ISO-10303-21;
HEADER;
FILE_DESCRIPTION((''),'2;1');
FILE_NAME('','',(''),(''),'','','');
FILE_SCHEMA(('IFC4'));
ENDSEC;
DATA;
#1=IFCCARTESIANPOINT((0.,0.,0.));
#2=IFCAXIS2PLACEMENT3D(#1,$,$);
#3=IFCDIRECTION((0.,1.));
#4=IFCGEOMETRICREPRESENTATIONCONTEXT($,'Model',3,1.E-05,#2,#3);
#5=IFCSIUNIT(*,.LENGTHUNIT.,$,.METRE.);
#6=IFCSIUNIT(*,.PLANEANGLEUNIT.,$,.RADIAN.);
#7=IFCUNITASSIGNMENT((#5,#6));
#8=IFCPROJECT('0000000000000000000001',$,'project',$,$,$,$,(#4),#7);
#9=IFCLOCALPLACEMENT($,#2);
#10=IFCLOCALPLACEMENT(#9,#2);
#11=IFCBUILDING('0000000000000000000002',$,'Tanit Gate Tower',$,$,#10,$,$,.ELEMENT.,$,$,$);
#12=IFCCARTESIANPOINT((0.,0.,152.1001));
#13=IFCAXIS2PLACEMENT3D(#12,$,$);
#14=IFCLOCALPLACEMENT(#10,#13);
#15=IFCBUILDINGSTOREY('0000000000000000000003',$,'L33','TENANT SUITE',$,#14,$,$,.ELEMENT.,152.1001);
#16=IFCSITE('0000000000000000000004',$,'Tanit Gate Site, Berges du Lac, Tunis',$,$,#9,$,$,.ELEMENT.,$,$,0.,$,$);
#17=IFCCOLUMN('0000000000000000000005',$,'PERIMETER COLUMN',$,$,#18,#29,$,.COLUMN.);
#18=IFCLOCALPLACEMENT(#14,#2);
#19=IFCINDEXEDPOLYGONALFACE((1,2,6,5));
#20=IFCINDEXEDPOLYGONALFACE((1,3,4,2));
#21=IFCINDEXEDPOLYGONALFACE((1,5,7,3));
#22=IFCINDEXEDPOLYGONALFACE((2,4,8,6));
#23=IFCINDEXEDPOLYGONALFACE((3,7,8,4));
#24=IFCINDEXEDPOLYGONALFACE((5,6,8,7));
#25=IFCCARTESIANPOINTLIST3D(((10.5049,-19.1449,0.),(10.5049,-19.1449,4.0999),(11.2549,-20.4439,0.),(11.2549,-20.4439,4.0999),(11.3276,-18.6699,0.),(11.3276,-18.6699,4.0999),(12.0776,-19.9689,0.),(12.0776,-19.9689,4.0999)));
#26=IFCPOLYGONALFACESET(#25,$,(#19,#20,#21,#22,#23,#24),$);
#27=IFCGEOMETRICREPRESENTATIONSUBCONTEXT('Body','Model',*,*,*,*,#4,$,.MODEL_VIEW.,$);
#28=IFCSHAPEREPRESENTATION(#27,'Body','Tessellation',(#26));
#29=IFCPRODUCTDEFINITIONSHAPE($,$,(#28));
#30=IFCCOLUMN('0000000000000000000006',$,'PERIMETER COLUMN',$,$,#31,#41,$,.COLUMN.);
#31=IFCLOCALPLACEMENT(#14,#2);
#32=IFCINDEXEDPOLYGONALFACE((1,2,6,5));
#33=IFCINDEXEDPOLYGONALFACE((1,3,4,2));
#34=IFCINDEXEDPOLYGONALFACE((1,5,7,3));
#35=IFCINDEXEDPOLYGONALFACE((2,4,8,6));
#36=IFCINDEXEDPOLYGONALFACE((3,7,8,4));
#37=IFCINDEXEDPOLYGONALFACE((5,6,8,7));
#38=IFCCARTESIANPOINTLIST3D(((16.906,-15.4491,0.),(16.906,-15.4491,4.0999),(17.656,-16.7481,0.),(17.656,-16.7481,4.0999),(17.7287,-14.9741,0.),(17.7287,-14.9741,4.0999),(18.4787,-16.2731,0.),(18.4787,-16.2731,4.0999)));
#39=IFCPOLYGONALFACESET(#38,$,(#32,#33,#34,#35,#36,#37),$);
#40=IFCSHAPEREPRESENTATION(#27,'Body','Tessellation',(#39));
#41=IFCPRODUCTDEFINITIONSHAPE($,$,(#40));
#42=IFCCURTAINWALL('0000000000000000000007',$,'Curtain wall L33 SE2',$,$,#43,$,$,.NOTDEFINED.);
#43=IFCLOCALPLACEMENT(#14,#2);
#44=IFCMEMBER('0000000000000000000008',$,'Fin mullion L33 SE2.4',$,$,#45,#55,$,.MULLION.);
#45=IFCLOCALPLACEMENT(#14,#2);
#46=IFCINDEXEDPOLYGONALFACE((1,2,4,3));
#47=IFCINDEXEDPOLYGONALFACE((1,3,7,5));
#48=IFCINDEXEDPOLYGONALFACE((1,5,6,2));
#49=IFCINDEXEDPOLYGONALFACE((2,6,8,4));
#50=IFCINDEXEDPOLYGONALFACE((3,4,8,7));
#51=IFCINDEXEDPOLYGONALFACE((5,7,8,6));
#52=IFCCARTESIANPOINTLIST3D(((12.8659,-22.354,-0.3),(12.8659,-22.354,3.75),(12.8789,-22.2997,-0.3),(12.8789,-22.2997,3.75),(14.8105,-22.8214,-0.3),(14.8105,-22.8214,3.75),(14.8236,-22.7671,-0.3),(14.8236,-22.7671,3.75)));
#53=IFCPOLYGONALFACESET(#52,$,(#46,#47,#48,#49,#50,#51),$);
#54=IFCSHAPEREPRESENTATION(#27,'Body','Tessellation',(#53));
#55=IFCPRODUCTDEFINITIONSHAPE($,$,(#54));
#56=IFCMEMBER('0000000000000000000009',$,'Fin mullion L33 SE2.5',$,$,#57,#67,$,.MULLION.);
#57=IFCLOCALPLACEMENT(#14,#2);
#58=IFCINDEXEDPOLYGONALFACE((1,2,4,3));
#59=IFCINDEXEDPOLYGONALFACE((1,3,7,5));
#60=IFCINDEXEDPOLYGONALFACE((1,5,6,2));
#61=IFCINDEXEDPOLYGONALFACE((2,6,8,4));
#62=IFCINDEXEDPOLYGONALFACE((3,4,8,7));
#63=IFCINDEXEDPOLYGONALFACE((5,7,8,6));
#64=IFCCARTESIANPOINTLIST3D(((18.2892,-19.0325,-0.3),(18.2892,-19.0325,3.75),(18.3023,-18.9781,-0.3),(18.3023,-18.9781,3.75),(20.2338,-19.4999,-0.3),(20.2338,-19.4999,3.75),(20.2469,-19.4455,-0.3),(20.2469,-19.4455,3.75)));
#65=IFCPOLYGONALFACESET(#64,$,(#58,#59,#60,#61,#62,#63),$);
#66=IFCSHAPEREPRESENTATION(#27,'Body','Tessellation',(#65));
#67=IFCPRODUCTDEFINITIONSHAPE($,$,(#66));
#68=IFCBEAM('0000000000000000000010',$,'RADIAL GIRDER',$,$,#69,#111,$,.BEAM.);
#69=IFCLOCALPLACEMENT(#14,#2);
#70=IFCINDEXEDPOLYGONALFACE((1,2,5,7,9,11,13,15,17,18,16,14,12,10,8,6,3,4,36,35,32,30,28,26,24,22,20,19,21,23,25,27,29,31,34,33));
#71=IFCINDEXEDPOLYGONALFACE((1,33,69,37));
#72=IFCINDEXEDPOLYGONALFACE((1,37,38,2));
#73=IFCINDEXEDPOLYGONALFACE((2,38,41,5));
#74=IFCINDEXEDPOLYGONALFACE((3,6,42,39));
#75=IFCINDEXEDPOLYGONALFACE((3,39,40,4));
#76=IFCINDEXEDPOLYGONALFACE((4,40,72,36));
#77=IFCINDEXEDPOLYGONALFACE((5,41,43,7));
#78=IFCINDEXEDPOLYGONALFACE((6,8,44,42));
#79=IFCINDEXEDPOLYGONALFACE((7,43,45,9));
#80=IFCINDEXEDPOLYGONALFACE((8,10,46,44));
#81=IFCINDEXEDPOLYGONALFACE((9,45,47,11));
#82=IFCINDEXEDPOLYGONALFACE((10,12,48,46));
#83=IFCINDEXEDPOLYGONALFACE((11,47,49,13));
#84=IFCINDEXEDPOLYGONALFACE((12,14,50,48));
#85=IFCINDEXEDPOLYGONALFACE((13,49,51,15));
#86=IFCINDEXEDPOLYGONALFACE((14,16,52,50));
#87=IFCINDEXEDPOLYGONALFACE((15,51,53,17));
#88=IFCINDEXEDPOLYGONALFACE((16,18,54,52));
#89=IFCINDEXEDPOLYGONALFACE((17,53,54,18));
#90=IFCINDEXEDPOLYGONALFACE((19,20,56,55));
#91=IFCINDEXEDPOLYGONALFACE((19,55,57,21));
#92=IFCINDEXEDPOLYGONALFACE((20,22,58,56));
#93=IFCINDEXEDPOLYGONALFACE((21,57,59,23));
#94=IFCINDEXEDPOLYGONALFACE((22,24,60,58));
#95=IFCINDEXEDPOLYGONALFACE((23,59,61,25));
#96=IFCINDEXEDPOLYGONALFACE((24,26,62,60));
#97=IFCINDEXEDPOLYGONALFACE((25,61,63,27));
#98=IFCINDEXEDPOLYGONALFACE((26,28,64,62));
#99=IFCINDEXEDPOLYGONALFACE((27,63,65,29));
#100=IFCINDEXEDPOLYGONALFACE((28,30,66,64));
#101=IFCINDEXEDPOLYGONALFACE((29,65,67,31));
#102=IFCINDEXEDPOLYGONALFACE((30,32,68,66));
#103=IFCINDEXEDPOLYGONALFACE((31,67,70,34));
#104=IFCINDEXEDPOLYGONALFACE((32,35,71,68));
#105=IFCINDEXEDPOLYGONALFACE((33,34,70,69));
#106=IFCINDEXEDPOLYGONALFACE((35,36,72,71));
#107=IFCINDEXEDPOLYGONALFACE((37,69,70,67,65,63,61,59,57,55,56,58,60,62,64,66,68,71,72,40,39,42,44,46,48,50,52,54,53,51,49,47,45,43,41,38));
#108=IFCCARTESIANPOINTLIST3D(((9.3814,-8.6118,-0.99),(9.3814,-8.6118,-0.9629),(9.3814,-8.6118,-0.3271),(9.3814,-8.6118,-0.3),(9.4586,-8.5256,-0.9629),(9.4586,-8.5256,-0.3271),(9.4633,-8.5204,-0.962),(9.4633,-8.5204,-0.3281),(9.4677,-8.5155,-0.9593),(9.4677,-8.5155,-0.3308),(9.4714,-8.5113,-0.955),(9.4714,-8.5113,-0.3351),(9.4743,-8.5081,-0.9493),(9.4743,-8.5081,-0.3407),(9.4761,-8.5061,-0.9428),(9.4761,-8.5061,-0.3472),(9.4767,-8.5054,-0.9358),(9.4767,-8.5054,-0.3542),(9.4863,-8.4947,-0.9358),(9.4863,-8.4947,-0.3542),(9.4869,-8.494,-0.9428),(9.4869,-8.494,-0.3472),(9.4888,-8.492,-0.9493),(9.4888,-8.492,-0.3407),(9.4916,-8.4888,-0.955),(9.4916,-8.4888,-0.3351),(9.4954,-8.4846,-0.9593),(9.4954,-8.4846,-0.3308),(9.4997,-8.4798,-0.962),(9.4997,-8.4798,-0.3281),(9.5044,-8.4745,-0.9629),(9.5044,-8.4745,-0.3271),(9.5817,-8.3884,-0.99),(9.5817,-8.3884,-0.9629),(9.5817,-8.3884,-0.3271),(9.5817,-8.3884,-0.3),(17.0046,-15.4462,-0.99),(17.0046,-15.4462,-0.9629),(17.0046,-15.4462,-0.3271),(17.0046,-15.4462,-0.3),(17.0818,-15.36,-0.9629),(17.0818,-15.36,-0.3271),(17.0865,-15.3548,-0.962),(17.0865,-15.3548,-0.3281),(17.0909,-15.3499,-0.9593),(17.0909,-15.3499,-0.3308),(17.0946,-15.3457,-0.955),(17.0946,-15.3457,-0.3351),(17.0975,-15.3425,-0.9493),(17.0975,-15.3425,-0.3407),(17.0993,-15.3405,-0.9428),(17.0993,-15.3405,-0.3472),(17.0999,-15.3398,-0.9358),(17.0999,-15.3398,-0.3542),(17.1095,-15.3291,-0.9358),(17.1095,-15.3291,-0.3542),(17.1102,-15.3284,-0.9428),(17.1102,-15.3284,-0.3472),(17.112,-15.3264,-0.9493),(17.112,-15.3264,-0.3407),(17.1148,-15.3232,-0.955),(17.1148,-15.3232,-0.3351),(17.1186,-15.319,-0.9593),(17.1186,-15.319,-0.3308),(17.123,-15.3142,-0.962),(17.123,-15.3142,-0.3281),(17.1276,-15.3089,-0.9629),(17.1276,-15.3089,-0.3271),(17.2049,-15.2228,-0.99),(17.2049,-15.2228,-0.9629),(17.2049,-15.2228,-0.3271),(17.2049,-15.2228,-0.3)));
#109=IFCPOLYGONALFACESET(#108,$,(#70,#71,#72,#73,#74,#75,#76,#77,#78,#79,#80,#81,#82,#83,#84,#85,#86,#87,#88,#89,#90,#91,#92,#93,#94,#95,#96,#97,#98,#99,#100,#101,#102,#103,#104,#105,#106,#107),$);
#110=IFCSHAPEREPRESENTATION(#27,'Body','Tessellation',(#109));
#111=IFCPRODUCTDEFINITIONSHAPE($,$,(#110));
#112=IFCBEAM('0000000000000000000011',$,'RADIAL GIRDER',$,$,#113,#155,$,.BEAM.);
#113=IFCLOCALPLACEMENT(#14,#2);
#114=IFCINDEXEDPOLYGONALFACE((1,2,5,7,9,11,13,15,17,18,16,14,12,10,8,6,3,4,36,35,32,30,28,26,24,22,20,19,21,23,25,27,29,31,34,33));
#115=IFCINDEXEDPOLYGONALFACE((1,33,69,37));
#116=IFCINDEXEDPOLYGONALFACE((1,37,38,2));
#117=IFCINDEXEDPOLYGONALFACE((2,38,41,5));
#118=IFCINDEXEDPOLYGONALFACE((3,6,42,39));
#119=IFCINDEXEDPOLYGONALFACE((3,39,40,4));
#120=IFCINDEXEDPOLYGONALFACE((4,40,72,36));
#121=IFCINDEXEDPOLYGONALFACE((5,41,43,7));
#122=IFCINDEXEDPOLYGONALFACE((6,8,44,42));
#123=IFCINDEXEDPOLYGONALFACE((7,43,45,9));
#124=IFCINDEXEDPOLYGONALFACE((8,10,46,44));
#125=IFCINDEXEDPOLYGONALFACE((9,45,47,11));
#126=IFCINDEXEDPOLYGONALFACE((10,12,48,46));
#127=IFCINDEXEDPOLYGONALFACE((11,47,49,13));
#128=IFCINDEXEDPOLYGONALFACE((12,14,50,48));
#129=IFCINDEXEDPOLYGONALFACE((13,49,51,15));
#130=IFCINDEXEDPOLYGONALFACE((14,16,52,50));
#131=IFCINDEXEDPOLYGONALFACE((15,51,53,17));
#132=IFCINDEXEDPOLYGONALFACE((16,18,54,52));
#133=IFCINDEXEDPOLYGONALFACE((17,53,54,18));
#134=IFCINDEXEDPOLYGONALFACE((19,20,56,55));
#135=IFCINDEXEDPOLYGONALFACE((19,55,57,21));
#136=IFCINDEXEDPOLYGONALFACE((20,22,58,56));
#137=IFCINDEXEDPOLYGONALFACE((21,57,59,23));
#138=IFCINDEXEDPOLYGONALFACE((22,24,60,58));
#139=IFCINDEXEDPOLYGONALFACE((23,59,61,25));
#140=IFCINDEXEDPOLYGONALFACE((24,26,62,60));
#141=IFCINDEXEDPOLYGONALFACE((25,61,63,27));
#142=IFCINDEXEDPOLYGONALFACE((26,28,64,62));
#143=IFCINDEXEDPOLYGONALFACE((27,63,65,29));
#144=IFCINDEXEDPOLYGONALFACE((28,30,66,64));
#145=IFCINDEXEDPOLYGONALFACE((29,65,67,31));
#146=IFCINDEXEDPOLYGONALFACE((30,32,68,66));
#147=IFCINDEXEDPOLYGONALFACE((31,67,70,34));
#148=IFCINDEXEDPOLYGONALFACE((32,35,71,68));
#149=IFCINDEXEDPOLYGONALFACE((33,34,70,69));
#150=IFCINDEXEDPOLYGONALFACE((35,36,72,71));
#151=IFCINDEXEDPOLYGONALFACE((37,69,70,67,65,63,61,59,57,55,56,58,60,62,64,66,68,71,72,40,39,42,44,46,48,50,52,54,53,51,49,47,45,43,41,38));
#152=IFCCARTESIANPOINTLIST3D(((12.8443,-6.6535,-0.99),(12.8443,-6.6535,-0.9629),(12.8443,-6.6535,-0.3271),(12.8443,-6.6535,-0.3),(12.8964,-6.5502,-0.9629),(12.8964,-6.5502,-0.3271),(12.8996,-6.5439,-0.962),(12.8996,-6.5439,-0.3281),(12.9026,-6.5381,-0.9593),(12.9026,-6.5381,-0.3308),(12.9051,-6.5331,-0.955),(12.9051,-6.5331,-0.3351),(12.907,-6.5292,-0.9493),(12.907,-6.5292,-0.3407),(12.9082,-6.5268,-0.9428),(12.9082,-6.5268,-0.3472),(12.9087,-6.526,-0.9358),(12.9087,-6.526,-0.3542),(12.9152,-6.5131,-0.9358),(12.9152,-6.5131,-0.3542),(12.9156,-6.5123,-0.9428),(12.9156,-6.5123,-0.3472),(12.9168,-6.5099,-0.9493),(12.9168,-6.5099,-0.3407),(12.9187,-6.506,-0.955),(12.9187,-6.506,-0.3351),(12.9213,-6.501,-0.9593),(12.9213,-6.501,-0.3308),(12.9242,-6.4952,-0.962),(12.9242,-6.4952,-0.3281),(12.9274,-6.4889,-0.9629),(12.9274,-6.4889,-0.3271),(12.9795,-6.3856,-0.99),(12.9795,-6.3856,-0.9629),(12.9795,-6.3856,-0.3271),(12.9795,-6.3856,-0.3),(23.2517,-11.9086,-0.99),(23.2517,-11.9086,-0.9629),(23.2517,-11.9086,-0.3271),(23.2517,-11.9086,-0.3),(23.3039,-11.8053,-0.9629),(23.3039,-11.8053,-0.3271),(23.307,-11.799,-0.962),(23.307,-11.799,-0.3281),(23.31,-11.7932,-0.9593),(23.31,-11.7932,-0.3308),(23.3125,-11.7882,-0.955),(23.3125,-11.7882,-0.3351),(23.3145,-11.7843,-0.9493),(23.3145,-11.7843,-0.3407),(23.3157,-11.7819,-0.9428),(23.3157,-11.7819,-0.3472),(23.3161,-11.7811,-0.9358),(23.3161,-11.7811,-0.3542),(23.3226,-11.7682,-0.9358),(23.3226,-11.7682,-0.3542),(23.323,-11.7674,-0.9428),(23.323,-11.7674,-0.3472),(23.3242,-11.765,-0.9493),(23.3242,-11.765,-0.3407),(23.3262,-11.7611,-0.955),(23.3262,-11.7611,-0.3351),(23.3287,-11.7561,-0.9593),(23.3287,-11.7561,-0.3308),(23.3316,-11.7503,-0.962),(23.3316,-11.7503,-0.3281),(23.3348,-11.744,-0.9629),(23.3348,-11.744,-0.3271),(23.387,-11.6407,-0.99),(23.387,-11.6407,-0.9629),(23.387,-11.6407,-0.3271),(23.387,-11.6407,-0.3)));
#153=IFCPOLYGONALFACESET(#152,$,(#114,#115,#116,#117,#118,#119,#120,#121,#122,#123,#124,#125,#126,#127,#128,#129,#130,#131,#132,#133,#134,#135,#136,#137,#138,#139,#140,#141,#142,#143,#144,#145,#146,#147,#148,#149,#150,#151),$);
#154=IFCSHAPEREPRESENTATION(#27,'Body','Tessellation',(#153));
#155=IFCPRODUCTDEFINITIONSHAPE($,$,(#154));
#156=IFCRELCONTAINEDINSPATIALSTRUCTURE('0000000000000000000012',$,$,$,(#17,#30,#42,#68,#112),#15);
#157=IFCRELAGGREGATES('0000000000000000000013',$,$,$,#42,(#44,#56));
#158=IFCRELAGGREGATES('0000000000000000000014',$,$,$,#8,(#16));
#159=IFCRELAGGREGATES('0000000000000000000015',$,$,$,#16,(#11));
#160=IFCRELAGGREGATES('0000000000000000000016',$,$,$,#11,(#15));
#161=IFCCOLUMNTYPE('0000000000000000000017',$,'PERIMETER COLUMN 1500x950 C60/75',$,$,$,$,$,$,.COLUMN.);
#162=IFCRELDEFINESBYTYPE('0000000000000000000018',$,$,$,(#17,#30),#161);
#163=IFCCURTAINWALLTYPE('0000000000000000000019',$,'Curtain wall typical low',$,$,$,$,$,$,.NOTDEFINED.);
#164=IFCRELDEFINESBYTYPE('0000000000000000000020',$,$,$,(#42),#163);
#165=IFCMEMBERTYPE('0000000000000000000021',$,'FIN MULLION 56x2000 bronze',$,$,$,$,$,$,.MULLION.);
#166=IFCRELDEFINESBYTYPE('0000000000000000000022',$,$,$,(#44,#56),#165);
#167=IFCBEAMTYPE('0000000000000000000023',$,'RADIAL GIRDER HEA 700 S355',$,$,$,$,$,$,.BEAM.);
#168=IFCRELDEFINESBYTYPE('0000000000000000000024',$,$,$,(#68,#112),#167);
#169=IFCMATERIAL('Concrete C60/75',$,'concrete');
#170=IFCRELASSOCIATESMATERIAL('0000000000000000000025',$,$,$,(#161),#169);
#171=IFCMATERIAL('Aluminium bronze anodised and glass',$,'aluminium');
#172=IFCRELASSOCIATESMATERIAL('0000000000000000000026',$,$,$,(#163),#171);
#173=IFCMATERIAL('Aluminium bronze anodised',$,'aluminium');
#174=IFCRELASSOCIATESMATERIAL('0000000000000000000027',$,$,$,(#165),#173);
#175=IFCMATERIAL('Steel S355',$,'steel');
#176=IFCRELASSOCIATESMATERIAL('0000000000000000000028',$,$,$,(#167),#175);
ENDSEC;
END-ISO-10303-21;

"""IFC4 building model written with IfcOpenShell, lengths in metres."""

from ifc_helpers import new_model, si_unit, direction, frame, origin, origin_2d, place, context, subcontext, project, spatial, rectangle, i_section, extrude, material, material_profile, profile_set, type_object, element, aggregate, save


model = new_model("IFC4")

# Units and contexts
model_context = context("Model", 3, precision=1e-05, world=origin(), true_north=direction((0.0, 1.0)))
body_context = subcontext(model_context, "Body", "Model", "MODEL_VIEW")
ifc_project = project(units=[si_unit("LENGTHUNIT", "METRE"), si_unit("PLANEANGLEUNIT", "RADIAN")], contexts=[model_context])

# Site, building, storey
site_placement = place(None, origin())
site = spatial("IfcSite", under=ifc_project, at=site_placement, Name="Tanit Gate Site, Berges du Lac, Tunis", CompositionType="ELEMENT", RefElevation=0.0)
building_placement = place(site_placement, origin())
building = spatial("IfcBuilding", under=site, at=building_placement, Name="Tanit Gate Tower", CompositionType="ELEMENT")
storey_placement = place(building_placement, frame((0.0, 0.0, 152.1001)))
storey = spatial("IfcBuildingStorey", under=building, at=storey_placement, Name="L33", Description="TENANT SUITE", CompositionType="ELEMENT", Elevation=152.1001)

# Columns
ifc_material_1 = material(Name="Concrete C60/75", Category="concrete")
ifc_material_profile_1 = material_profile(ifc_material_1, rectangle(XDim=1.5, YDim=0.95, at=origin_2d()), Name="RC 1500x950")
ifc_profile_set_1 = profile_set([ifc_material_profile_1], Name="Concrete C60/75")
column_type = type_object("IfcColumnType", Name="PERIMETER COLUMN 1500x950 C60/75", PredefinedType="COLUMN", material=ifc_profile_set_1)
for number, where, z_axis, x_axis, name in (
    (1, (11.2913, -19.5569, 0.0), (0.0, 0.0, 1.0), (0.5, -0.866025, 0.0), "PERIMETER COLUMN"),
    (2, (17.6924, -15.8611, 0.0), (0.0, 0.0, 1.0), (0.5, -0.866025, 0.0), "PERIMETER COLUMN"),
):
    element("IfcColumn", number, at=place(storey_placement, frame(where, z_axis=z_axis, x_axis=x_axis)), inside=storey, type_object=column_type, Name=name, PredefinedType="COLUMN", context=body_context, shape_type="SweptSolid", body=[
        extrude(rectangle(XDim=1.5, YDim=0.95, at=origin_2d()), origin(), (0.0, 0.0, 1.0), 4.0999),
    ])

# Curtain wall, members
ifc_material_2 = material(Name="Aluminium bronze anodised and glass", Category="aluminium")
curtain_wall_type = type_object("IfcCurtainWallType", Name="Curtain wall typical low", PredefinedType="NOTDEFINED", material=ifc_material_2)
curtain_wall_placement = place(storey_placement, origin())
curtain_wall = element("IfcCurtainWall", 3, at=curtain_wall_placement, inside=storey, type_object=curtain_wall_type, Name="Curtain wall L33 SE2", PredefinedType="NOTDEFINED")
ifc_material_3 = material(Name="Aluminium bronze anodised", Category="aluminium")
ifc_material_profile_2 = material_profile(ifc_material_3, rectangle(XDim=2.0, YDim=0.0559, at=origin_2d()), Name="56x2000 bronze fin mullion")
ifc_profile_set_2 = profile_set([ifc_material_profile_2], Name="Aluminium bronze anodised")
member_type_1 = type_object("IfcMemberType", Name="FIN MULLION 56x2000 bronze", PredefinedType="MULLION", material=ifc_profile_set_2)
member_1_placement = place(storey_placement, frame((13.8447, -22.5605, -0.3), z_axis=(0.0, 0.0, 1.0), x_axis=(-0.972311, 0.233691, 0.0)))
member_1 = element("IfcMember", 4, at=member_1_placement, type_object=member_type_1, Name="Fin mullion L33 SE2.4", PredefinedType="MULLION", context=body_context, shape_type="SweptSolid", body=[
    extrude(rectangle(XDim=2.0, YDim=0.0559, at=origin_2d()), origin(), (0.0, 0.0, 1.0), 4.05),
])
member_2_placement = place(storey_placement, frame((19.2681, -19.239, -0.3), z_axis=(0.0, 0.0, 1.0), x_axis=(-0.972311, 0.233691, 0.0)))
member_2 = element("IfcMember", 5, at=member_2_placement, type_object=member_type_1, Name="Fin mullion L33 SE2.5", PredefinedType="MULLION", context=body_context, shape_type="SweptSolid", body=[
    extrude(rectangle(XDim=2.0, YDim=0.0559, at=origin_2d()), origin(), (0.0, 0.0, 1.0), 4.05),
])

# Beams
ifc_material_4 = material(Name="Steel S355", Category="steel")
ifc_material_profile_3 = material_profile(ifc_material_4, i_section(OverallWidth=0.3, OverallDepth=0.6899, WebThickness=0.0144, FlangeThickness=0.0271, FilletRadius=0.0271, at=origin_2d()), Name="HEA 700")
ifc_profile_set_3 = profile_set([ifc_material_profile_3], Name="Steel S355")
beam_type_1 = type_object("IfcBeamType", Name="RADIAL GIRDER HEA 700 S355", PredefinedType="BEAM", material=ifc_profile_set_3)
beam_1_placement = place(storey_placement, frame((17.1047, -15.3345, -0.645), z_axis=(-0.744579, 0.667534, 0.0), x_axis=(-0.667534, -0.744579, 0.0)))
element("IfcBeam", 6, at=beam_1_placement, inside=storey, type_object=beam_type_1, Name="RADIAL GIRDER", PredefinedType="BEAM", context=body_context, shape_type="SweptSolid", body=[
    extrude(i_section(OverallWidth=0.3, OverallDepth=0.6899, WebThickness=0.0144, FlangeThickness=0.0271, FilletRadius=0.0271, at=origin_2d()), origin(), (0.0, 0.0, 1.0), 10.2383),
])
beam_2_placement = place(storey_placement, frame((23.3193, -11.7747, -0.645), z_axis=(-0.892657, 0.450736, 0.0), x_axis=(-0.450736, -0.892657, 0.0)))
element("IfcBeam", 7, at=beam_2_placement, inside=storey, type_object=beam_type_1, Name="RADIAL GIRDER", PredefinedType="BEAM", context=body_context, shape_type="SweptSolid", body=[
    extrude(i_section(OverallWidth=0.3, OverallDepth=0.6899, WebThickness=0.0144, FlangeThickness=0.0271, FilletRadius=0.0271, at=origin_2d()), origin(), (0.0, 0.0, 1.0), 11.6589),
])

aggregate(curtain_wall, [member_1, member_2])

save(model, "model.ifc")
